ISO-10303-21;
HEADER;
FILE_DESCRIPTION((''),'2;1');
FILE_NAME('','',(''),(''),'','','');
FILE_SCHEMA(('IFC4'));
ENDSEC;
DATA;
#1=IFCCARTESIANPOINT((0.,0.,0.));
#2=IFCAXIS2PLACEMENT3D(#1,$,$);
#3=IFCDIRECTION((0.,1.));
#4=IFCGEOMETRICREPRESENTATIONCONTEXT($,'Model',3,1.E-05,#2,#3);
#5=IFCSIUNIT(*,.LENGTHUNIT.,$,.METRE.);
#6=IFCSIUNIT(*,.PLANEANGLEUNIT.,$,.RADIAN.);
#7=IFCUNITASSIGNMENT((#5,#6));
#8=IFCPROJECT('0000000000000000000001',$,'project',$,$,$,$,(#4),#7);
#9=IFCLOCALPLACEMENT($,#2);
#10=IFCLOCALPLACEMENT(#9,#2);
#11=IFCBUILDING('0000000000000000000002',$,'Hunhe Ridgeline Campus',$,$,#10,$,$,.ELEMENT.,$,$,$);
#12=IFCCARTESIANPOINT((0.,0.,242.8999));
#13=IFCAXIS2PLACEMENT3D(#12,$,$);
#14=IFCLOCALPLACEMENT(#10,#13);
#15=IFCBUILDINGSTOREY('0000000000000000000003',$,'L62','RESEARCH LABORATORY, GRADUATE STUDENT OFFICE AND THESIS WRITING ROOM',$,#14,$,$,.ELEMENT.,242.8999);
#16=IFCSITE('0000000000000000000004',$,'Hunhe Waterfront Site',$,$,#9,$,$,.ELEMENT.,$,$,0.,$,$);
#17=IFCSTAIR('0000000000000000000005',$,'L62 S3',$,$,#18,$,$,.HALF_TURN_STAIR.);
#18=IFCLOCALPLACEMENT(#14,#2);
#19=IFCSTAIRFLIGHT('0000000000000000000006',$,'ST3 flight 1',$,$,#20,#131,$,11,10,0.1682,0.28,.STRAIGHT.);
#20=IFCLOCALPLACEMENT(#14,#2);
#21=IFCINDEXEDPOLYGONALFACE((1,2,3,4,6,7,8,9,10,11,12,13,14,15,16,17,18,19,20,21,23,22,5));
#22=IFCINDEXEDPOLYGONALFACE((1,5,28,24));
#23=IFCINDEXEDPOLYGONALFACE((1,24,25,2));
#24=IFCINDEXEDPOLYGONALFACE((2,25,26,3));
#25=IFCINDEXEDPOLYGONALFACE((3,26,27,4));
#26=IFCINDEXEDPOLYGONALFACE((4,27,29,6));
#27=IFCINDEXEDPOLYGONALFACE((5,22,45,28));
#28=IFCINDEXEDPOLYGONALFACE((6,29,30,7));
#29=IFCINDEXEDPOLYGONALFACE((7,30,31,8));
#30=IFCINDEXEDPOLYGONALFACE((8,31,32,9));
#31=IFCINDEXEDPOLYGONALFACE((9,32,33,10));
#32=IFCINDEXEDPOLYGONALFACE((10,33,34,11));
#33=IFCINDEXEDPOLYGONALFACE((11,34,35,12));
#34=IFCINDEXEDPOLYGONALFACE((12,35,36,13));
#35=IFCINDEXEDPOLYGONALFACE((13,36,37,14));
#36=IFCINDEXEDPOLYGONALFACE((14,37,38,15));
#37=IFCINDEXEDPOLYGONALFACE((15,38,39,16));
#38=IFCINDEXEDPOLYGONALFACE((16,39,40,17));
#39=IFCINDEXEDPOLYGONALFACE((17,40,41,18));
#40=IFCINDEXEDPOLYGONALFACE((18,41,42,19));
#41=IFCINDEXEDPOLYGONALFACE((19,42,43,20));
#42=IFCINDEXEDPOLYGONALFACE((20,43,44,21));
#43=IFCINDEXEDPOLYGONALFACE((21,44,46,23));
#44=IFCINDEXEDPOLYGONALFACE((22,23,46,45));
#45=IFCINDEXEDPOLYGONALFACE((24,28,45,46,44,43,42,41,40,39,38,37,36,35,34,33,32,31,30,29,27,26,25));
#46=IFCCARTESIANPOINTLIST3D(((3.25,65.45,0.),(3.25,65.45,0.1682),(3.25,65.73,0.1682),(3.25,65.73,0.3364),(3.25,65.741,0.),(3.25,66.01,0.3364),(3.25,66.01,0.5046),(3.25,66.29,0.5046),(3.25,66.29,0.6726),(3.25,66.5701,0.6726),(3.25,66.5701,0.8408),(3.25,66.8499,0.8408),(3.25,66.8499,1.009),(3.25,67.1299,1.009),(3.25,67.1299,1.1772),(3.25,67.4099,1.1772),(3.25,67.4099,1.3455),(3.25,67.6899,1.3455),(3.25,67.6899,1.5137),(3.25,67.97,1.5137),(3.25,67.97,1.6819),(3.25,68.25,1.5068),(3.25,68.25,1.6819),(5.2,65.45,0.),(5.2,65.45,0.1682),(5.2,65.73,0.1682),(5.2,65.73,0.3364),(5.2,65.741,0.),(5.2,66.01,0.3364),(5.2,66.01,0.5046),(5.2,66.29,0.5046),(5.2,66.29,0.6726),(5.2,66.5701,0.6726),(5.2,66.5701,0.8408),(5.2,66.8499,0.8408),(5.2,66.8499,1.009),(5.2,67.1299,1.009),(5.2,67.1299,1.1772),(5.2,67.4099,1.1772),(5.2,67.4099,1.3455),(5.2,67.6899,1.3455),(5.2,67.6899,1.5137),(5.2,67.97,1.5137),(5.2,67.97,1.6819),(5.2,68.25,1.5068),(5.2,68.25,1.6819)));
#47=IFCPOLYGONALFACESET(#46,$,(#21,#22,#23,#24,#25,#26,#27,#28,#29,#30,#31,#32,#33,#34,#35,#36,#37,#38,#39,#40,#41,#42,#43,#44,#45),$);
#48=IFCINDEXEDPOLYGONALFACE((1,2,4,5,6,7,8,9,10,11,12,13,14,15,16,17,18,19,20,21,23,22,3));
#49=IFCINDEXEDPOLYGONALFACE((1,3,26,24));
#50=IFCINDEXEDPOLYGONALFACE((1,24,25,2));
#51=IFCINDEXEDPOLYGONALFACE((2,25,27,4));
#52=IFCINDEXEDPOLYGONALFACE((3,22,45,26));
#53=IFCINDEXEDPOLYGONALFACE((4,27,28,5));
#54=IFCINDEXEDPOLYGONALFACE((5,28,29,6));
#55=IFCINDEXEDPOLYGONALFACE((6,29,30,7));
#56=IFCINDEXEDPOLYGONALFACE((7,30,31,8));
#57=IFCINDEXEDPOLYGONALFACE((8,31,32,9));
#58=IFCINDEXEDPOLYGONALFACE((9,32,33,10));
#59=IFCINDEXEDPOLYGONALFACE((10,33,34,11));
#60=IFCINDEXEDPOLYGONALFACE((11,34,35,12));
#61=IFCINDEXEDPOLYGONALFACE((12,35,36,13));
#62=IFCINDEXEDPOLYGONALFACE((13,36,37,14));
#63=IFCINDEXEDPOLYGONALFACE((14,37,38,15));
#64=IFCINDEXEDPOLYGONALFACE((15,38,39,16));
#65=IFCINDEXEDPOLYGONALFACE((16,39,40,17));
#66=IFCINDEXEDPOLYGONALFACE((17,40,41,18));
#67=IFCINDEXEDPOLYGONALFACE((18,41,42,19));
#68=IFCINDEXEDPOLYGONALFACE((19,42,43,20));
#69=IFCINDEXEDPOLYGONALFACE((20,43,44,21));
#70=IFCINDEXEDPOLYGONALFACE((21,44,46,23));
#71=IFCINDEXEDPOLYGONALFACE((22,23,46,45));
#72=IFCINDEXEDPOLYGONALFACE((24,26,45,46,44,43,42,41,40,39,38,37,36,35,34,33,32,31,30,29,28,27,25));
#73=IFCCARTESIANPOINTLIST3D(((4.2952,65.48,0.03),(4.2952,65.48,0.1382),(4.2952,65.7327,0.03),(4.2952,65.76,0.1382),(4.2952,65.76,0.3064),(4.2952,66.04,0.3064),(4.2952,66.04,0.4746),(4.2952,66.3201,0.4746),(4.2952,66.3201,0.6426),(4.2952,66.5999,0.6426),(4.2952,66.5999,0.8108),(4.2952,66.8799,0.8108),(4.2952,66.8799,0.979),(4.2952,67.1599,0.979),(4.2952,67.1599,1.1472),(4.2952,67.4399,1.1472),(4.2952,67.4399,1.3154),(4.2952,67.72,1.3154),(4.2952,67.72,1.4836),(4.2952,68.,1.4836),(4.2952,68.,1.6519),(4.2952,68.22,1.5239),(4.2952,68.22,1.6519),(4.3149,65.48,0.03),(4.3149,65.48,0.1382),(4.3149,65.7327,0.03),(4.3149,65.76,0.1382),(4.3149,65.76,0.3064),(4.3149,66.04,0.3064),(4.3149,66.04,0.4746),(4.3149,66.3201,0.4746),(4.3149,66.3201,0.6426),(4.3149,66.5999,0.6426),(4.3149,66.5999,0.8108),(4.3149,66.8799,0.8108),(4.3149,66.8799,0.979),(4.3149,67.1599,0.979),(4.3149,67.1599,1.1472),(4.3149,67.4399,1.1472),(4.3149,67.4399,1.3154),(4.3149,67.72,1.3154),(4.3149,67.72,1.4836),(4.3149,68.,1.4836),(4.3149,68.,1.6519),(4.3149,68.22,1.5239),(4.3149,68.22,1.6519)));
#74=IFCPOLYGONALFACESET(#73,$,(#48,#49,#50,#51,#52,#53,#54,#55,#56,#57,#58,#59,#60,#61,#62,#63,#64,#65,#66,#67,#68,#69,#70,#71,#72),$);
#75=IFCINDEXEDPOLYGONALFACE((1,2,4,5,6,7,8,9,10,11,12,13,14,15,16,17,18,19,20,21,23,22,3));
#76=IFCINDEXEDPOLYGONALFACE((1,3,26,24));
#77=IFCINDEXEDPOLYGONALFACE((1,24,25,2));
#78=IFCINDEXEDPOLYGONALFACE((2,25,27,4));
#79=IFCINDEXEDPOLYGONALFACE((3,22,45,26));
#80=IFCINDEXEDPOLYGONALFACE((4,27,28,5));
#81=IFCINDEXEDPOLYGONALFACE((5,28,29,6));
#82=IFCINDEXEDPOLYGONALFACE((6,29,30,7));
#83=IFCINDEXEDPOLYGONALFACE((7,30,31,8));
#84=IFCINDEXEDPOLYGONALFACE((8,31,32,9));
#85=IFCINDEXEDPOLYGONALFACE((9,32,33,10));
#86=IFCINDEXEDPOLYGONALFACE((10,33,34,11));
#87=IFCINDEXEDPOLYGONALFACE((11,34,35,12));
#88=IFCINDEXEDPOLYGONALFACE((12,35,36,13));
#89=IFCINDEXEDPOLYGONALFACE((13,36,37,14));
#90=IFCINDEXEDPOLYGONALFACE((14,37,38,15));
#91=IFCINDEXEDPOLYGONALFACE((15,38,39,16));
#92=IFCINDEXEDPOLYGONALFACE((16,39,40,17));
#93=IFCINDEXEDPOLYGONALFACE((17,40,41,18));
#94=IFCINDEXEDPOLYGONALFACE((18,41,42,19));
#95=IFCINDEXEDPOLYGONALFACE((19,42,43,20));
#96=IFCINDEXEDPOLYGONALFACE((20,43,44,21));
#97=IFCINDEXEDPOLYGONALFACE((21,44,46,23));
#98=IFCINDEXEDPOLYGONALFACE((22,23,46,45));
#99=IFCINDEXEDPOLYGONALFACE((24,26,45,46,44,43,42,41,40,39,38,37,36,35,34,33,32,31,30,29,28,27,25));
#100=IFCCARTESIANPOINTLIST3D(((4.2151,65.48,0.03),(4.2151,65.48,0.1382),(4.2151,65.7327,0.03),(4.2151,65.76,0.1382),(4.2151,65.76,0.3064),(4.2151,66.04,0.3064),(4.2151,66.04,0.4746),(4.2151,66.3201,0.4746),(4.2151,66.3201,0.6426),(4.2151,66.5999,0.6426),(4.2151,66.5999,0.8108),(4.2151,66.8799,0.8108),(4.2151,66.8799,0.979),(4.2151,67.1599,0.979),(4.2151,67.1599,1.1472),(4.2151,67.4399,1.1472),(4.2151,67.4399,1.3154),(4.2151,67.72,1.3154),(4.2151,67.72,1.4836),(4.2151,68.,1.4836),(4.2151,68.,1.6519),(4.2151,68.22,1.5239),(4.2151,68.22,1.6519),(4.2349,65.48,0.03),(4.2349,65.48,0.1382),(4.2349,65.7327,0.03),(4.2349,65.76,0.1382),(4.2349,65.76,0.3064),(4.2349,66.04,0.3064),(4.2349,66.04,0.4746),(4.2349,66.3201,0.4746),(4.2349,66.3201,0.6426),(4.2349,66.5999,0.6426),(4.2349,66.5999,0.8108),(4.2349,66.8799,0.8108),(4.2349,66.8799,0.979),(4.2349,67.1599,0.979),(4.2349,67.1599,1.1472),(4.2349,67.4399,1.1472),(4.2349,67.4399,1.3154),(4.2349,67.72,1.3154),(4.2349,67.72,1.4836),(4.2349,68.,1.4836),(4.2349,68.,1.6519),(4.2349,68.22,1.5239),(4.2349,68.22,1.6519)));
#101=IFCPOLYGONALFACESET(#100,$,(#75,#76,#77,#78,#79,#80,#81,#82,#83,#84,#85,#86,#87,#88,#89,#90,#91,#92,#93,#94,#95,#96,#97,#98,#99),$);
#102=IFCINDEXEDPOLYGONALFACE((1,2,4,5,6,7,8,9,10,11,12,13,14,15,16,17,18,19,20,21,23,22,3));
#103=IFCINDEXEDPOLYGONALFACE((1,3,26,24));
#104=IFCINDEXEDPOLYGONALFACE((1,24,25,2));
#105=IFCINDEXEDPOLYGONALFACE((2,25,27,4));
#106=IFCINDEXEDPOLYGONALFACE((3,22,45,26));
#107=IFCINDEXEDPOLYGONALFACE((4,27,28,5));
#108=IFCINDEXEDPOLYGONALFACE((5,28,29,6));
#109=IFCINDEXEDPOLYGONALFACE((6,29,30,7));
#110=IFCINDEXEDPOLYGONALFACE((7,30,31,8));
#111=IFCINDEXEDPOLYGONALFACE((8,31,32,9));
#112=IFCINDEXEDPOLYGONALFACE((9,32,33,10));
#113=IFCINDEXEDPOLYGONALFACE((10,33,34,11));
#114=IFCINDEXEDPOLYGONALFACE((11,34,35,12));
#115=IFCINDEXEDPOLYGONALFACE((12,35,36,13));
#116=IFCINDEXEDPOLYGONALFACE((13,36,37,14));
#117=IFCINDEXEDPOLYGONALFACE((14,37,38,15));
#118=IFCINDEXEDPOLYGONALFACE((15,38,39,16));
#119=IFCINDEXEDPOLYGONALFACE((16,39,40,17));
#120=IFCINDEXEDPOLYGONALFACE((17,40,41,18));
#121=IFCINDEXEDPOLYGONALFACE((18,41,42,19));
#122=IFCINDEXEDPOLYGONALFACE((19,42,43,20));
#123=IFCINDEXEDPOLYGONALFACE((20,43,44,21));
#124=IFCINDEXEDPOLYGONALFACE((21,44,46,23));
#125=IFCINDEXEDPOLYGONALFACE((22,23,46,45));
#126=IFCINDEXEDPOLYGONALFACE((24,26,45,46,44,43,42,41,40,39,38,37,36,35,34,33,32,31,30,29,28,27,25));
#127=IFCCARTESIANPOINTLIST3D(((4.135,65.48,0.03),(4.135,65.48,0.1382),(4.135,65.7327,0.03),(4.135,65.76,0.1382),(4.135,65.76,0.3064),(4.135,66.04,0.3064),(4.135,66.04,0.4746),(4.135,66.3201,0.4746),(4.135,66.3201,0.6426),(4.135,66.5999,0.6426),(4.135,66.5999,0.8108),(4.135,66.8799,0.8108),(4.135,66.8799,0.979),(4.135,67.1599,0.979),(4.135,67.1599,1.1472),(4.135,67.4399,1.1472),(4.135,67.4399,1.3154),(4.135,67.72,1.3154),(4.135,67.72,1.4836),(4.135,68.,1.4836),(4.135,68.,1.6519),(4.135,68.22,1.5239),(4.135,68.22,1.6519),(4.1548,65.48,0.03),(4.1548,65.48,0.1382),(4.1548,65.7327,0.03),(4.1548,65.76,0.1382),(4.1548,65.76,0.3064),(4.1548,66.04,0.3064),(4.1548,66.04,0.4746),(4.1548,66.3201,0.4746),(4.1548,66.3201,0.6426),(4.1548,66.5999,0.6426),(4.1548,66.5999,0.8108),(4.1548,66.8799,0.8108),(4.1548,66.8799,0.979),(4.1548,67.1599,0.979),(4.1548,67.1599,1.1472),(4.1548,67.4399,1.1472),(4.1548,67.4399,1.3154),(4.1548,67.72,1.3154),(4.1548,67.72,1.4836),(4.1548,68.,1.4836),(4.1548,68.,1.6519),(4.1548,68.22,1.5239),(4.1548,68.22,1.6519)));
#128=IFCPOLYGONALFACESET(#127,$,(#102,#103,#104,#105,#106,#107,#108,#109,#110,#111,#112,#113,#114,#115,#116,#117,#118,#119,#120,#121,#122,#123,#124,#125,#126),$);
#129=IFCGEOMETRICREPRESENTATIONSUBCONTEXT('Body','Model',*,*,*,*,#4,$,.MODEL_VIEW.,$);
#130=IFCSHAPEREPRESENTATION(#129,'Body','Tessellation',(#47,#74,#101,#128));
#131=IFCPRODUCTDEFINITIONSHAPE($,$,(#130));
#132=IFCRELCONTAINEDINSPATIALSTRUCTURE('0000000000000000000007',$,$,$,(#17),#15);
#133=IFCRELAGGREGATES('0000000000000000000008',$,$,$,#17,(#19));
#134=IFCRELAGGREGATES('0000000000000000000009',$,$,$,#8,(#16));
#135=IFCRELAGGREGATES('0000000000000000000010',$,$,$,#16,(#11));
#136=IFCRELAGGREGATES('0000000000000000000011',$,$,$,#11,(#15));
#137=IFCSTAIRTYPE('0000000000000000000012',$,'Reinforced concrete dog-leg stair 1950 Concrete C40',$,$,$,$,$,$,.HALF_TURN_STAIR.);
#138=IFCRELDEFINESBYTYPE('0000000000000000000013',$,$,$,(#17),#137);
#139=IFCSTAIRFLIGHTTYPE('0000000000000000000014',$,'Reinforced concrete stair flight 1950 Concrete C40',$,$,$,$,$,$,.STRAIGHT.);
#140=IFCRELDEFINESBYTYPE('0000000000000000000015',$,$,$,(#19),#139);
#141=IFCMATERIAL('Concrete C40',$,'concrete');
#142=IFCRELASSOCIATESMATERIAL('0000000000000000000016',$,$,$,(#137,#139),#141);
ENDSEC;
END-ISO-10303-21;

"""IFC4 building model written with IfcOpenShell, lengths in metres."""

from ifc_helpers import new_model, si_unit, direction, frame, origin, place, context, subcontext, project, spatial, polyline, outline, extrude, material, type_object, element, aggregate, save


model = new_model("IFC4")

# Units and contexts
model_context = context("Model", 3, precision=1e-05, world=origin(), true_north=direction((0.0, 1.0)))
body_context = subcontext(model_context, "Body", "Model", "MODEL_VIEW")
ifc_project = project(units=[si_unit("LENGTHUNIT", "METRE"), si_unit("PLANEANGLEUNIT", "RADIAN")], contexts=[model_context])

# Site, building, storey
site_placement = place(None, origin())
site = spatial("IfcSite", under=ifc_project, at=site_placement, Name="Hunhe Waterfront Site", CompositionType="ELEMENT", RefElevation=0.0)
building_placement = place(site_placement, origin())
building = spatial("IfcBuilding", under=site, at=building_placement, Name="Hunhe Ridgeline Campus", CompositionType="ELEMENT")
storey_placement = place(building_placement, frame((0.0, 0.0, 242.8999)))
storey = spatial("IfcBuildingStorey", under=building, at=storey_placement, Name="L62", Description="RESEARCH LABORATORY, GRADUATE STUDENT OFFICE AND THESIS WRITING ROOM", CompositionType="ELEMENT", Elevation=242.8999)

# Stair, stair flight
ifc_material_1 = material(Name="Concrete C40", Category="concrete")
stair_type = type_object("IfcStairType", Name="Reinforced concrete dog-leg stair 1950 Concrete C40", PredefinedType="HALF_TURN_STAIR", material=ifc_material_1)
stair_1_placement = place(storey_placement, origin())
stair_1 = element("IfcStair", 1, at=stair_1_placement, inside=storey, type_object=stair_type, Name="L62 S3", PredefinedType="HALF_TURN_STAIR")
stair_flight_type = type_object("IfcStairFlightType", Name="Reinforced concrete stair flight 1950 Concrete C40", PredefinedType="STRAIGHT", material=ifc_material_1)
stair_flight_1_placement = place(storey_placement, frame((4.2251, 65.45, 0.0), z_axis=(0.0, 0.0, 1.0), x_axis=(0.0, 1.0, 0.0)))
stair_flight_1 = element("IfcStairFlight", 2, at=stair_flight_1_placement, type_object=stair_flight_type, Name="ST3 flight 1", NumberOfRisers=11, NumberOfTreads=10, PredefinedType="STRAIGHT", RiserHeight=0.1682, TreadLength=0.28, context=body_context, shape_type="SweptSolid", body=[
    extrude(outline(polyline([(0.0, 0.0), (0.0, 0.1682), (0.28, 0.1682), (0.28, 0.3364), (0.5601, 0.3364), (0.5601, 0.5046), (0.8401, 0.5046), (0.8401, 0.6726), (1.1201, 0.6726), (1.1201, 0.8408), (1.3999, 0.8408), (1.3999, 1.009), (1.6799, 1.009), (1.6799, 1.1772), (1.96, 1.1772), (1.96, 1.3455), (2.24, 1.3455), (2.24, 1.5137), (2.52, 1.5137), (2.52, 1.6819), (2.8, 1.6819), (2.8, 1.8501), (2.8, 1.5068), (0.291, 0.0), (0.0, 0.0)])), frame((0.0, 0.9751, 0.0), z_axis=(0.0, -1.0, 0.0), x_axis=(1.0, 0.0, 0.0)), (0.0, 0.0, 1.0), 1.95),
    extrude(outline(polyline([(0.03, 0.03), (0.03, 0.1382), (0.3101, 0.1382), (0.3101, 0.3064), (0.5901, 0.3064), (0.5901, 0.4746), (0.8701, 0.4746), (0.8701, 0.6426), (1.1499, 0.6426), (1.1499, 0.8108), (1.4299, 0.8108), (1.4299, 0.979), (1.71, 0.979), (1.71, 1.1472), (1.99, 1.1472), (1.99, 1.3154), (2.27, 1.3154), (2.27, 1.4836), (2.55, 1.4836), (2.55, 1.6519), (2.77, 1.6519), (2.77, 1.5239), (0.2827, 0.03), (0.03, 0.03)])), frame((0.0, -0.0701, 0.0), z_axis=(0.0, -1.0, 0.0), x_axis=(1.0, 0.0, 0.0)), (0.0, 0.0, 1.0), 0.0198),
    extrude(outline(polyline([(0.03, 0.03), (0.03, 0.1382), (0.3101, 0.1382), (0.3101, 0.3064), (0.5901, 0.3064), (0.5901, 0.4746), (0.8701, 0.4746), (0.8701, 0.6426), (1.1499, 0.6426), (1.1499, 0.8108), (1.4299, 0.8108), (1.4299, 0.979), (1.71, 0.979), (1.71, 1.1472), (1.99, 1.1472), (1.99, 1.3154), (2.27, 1.3154), (2.27, 1.4836), (2.55, 1.4836), (2.55, 1.6519), (2.77, 1.6519), (2.77, 1.5239), (0.2827, 0.03), (0.03, 0.03)])), frame((0.0, 0.01, 0.0), z_axis=(0.0, -1.0, 0.0), x_axis=(1.0, 0.0, 0.0)), (0.0, 0.0, 1.0), 0.0198),
    extrude(outline(polyline([(0.03, 0.03), (0.03, 0.1382), (0.3101, 0.1382), (0.3101, 0.3064), (0.5901, 0.3064), (0.5901, 0.4746), (0.8701, 0.4746), (0.8701, 0.6426), (1.1499, 0.6426), (1.1499, 0.8108), (1.4299, 0.8108), (1.4299, 0.979), (1.71, 0.979), (1.71, 1.1472), (1.99, 1.1472), (1.99, 1.3154), (2.27, 1.3154), (2.27, 1.4836), (2.55, 1.4836), (2.55, 1.6519), (2.77, 1.6519), (2.77, 1.5239), (0.2827, 0.03), (0.03, 0.03)])), frame((0.0, 0.0901, 0.0), z_axis=(0.0, -1.0, 0.0), x_axis=(1.0, 0.0, 0.0)), (0.0, 0.0, 1.0), 0.0198),
])
aggregate(stair_1, [stair_flight_1])

save(model, "model.ifc")
